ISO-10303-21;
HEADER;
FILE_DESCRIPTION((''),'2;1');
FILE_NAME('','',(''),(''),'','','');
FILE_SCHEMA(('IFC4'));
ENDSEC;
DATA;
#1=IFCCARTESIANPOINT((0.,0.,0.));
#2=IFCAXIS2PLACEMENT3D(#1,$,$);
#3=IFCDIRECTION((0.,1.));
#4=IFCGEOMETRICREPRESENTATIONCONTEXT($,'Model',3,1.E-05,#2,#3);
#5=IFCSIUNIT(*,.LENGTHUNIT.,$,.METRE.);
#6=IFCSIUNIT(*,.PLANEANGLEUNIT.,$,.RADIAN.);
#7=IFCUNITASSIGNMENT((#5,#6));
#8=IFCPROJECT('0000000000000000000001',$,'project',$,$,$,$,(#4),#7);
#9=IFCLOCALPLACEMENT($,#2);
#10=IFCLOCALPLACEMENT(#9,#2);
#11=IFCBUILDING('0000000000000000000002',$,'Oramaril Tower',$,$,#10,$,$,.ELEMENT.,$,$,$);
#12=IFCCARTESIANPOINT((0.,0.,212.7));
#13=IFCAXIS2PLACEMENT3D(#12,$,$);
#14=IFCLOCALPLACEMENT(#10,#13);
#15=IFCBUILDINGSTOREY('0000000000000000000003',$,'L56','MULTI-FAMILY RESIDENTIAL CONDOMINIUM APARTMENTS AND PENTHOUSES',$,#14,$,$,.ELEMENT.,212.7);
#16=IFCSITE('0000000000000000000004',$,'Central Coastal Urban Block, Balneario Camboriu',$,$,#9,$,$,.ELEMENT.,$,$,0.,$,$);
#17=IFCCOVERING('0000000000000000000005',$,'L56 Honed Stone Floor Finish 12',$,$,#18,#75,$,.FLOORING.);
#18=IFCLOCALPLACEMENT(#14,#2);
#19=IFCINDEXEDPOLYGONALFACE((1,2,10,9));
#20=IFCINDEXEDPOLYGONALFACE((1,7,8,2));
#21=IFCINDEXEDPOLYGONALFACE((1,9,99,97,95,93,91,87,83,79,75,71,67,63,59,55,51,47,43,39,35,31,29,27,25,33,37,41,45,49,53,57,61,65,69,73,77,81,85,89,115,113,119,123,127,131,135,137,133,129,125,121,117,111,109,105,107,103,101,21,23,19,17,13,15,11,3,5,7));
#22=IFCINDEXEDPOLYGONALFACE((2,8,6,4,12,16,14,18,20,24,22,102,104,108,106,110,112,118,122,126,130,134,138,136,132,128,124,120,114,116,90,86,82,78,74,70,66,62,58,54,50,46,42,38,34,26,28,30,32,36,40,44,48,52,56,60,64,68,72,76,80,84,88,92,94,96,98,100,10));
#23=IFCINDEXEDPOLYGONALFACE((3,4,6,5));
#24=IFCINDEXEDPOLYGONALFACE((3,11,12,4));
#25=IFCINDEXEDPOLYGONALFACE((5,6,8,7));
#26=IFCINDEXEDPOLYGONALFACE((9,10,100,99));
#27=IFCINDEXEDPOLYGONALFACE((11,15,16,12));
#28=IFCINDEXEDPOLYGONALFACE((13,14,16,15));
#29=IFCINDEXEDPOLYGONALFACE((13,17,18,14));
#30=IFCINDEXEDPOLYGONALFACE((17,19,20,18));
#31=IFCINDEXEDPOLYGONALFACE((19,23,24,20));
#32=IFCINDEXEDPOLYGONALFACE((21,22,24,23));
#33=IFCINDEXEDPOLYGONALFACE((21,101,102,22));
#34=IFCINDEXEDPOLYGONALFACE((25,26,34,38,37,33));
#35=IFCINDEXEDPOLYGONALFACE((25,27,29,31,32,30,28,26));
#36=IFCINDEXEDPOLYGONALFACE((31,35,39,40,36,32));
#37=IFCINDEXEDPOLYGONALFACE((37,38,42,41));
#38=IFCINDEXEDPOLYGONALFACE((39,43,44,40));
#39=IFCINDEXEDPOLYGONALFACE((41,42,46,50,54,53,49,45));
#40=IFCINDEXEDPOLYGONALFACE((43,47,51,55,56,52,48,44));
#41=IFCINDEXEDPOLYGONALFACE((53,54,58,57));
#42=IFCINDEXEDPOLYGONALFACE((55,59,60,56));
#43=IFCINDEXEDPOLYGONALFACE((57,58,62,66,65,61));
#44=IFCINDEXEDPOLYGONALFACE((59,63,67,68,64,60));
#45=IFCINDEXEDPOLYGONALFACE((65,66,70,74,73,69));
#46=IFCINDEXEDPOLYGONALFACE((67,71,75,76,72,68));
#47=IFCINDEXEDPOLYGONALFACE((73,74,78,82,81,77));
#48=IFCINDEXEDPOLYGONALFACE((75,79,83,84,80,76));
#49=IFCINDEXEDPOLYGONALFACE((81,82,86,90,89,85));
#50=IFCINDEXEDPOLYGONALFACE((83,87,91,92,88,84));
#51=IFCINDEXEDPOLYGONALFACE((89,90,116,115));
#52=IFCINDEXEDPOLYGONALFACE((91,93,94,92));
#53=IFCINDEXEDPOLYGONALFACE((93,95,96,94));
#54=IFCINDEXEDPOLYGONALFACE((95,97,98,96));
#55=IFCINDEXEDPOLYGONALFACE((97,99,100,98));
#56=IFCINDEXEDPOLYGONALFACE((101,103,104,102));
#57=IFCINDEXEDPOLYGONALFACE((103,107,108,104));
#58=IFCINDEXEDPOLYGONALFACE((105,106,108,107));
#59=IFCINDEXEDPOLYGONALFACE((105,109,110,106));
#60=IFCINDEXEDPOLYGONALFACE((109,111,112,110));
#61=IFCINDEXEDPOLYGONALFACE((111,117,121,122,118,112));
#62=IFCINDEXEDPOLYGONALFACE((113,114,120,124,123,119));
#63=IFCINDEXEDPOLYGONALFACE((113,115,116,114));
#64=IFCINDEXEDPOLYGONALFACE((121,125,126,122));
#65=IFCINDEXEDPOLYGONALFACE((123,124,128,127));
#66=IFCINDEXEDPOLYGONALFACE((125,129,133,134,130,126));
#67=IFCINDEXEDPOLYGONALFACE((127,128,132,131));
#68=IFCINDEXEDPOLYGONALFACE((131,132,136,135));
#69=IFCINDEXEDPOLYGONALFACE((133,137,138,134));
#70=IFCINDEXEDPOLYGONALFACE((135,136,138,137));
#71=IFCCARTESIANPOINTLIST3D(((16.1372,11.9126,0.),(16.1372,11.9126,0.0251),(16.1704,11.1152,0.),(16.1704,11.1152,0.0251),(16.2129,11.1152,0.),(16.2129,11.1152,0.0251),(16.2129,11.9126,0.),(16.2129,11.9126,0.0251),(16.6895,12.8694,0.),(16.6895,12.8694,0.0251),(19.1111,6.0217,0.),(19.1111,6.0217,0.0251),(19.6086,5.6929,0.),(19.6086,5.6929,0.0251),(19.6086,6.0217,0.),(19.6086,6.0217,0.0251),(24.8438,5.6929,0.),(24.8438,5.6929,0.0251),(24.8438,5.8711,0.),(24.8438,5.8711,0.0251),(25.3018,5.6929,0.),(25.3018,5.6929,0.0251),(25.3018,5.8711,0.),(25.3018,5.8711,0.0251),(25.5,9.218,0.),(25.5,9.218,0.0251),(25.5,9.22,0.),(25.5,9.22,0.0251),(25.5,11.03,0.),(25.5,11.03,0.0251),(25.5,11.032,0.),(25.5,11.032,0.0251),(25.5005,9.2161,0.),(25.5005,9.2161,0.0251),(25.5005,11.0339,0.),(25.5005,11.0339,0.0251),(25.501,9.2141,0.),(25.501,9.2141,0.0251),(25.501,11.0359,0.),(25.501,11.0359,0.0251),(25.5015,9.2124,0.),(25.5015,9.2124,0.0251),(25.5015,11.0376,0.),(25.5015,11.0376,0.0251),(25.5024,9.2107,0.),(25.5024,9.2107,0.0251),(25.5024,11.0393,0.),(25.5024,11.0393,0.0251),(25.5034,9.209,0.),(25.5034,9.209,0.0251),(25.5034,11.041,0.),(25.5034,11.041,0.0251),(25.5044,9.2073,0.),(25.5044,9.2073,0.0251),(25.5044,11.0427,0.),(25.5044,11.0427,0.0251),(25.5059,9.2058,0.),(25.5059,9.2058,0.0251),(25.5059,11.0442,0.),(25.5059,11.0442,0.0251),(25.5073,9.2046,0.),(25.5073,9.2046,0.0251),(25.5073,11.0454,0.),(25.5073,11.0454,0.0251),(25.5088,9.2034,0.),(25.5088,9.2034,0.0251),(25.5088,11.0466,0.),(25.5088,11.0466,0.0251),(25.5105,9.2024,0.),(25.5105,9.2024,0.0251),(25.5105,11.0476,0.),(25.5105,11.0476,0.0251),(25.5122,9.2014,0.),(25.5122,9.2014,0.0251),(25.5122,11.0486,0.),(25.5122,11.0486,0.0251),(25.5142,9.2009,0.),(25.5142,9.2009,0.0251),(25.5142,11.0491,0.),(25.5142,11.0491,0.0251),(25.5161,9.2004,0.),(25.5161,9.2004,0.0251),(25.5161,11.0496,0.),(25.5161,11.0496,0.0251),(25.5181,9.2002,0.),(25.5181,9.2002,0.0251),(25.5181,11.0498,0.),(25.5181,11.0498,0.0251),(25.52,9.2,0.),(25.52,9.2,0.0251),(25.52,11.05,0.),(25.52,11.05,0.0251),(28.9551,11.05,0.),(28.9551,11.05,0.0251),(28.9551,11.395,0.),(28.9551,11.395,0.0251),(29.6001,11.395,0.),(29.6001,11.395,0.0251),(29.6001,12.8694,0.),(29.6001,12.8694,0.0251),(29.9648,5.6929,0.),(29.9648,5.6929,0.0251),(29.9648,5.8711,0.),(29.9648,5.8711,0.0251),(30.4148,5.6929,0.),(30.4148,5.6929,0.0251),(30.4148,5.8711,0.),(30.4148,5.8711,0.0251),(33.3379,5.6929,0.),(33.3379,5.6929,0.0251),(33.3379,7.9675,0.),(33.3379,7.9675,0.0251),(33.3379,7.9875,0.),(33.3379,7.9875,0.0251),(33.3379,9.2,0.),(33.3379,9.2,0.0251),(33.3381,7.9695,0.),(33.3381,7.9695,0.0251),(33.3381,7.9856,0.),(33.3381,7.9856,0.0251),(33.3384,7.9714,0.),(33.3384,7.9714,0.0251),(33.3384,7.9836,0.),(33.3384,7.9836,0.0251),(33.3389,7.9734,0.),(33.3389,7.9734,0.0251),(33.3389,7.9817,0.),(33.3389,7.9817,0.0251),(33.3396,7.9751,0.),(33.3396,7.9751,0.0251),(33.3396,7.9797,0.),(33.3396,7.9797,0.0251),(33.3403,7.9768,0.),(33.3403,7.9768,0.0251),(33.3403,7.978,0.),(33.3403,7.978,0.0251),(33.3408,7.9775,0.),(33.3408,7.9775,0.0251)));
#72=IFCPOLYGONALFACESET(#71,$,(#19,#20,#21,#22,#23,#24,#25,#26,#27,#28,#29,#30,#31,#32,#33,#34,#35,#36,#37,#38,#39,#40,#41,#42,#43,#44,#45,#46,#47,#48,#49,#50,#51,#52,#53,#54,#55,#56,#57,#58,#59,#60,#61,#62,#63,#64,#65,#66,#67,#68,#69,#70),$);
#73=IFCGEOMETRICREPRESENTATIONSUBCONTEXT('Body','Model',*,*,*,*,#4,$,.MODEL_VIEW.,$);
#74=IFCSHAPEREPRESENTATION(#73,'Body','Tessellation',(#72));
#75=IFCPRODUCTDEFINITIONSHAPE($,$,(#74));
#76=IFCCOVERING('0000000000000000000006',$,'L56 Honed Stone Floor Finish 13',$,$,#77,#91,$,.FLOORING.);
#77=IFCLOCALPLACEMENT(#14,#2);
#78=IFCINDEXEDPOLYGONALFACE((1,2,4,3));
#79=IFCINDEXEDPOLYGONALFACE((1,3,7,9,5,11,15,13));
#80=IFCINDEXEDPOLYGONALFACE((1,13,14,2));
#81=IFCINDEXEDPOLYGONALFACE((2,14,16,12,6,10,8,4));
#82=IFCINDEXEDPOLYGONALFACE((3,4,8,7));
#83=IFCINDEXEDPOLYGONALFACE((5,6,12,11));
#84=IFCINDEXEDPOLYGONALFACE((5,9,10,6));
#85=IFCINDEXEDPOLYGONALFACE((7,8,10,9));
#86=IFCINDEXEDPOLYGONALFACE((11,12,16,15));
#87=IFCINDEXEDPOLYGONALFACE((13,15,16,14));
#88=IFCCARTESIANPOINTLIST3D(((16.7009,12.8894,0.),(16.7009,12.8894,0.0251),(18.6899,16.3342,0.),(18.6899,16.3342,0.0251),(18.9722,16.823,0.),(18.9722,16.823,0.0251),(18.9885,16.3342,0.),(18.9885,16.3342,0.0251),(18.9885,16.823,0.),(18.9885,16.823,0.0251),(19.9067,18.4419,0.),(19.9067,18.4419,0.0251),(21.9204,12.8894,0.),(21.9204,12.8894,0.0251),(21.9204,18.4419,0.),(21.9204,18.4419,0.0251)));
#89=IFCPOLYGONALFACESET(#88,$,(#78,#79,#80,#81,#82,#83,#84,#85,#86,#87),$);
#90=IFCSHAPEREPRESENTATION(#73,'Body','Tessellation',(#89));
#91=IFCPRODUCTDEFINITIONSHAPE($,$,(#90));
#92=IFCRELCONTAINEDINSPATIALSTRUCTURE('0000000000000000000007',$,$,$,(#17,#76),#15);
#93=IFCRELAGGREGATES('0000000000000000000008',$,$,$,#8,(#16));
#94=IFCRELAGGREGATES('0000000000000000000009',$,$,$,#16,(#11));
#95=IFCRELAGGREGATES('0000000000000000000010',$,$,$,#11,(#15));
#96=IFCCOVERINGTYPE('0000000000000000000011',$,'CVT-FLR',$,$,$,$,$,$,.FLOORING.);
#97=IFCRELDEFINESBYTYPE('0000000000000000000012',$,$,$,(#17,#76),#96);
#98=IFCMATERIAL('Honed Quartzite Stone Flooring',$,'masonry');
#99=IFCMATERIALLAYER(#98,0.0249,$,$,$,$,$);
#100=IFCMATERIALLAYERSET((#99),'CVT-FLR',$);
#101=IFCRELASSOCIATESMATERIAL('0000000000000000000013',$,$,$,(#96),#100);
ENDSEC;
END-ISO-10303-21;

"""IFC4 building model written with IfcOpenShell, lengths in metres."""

from ifc_helpers import new_model, si_unit, direction, frame, origin, place, context, subcontext, project, spatial, polyline, outline, extrude, material, layer, layer_set, type_object, element, save


model = new_model("IFC4")

# Units and contexts
model_context = context("Model", 3, precision=1e-05, world=origin(), true_north=direction((0.0, 1.0)))
body_context = subcontext(model_context, "Body", "Model", "MODEL_VIEW")
ifc_project = project(units=[si_unit("LENGTHUNIT", "METRE"), si_unit("PLANEANGLEUNIT", "RADIAN")], contexts=[model_context])

# Site, building, storey
site_placement = place(None, origin())
site = spatial("IfcSite", under=ifc_project, at=site_placement, Name="Central Coastal Urban Block, Balneario Camboriu", CompositionType="ELEMENT", RefElevation=0.0)
building_placement = place(site_placement, origin())
building = spatial("IfcBuilding", under=site, at=building_placement, Name="Oramaril Tower", CompositionType="ELEMENT")
storey_placement = place(building_placement, frame((0.0, 0.0, 212.7)))
storey = spatial("IfcBuildingStorey", under=building, at=storey_placement, Name="L56", Description="MULTI-FAMILY RESIDENTIAL CONDOMINIUM APARTMENTS AND PENTHOUSES", CompositionType="ELEMENT", Elevation=212.7)

# Coverings
ifc_material_1 = material(Name="Honed Quartzite Stone Flooring", Category="masonry")
ifc_layer_1 = layer(ifc_material_1, 0.0249)
ifc_layer_set_1 = layer_set([ifc_layer_1], Name="CVT-FLR")
covering_type_1 = type_object("IfcCoveringType", Name="CVT-FLR", PredefinedType="FLOORING", material=ifc_layer_set_1)
covering_1_placement = place(storey_placement, origin())
element("IfcCovering", 1, at=covering_1_placement, inside=storey, type_object=covering_type_1, Name="L56 Honed Stone Floor Finish 12", PredefinedType="FLOORING", context=body_context, shape_type="SweptSolid", body=[
    extrude(outline(polyline([(29.6001, 12.8694), (29.6001, 11.395), (28.9551, 11.395), (28.9551, 11.05), (25.52, 11.05), (25.5181, 11.0498), (25.5161, 11.0496), (25.5142, 11.0491), (25.5122, 11.0486), (25.5105, 11.0476), (25.5088, 11.0466), (25.5073, 11.0454), (25.5059, 11.0442), (25.5044, 11.0427), (25.5034, 11.041), (25.5024, 11.0393), (25.5015, 11.0376), (25.501, 11.0359), (25.5005, 11.0339), (25.5, 11.032), (25.5, 11.03), (25.5, 9.22), (25.5, 9.218), (25.5005, 9.2161), (25.501, 9.2141), (25.5015, 9.2124), (25.5024, 9.2107), (25.5034, 9.209), (25.5044, 9.2073), (25.5059, 9.2058), (25.5073, 9.2046), (25.5088, 9.2034), (25.5105, 9.2024), (25.5122, 9.2014), (25.5142, 9.2009), (25.5161, 9.2004), (25.5181, 9.2002), (25.52, 9.2), (33.3379, 9.2), (33.3379, 7.9875), (33.3381, 7.9856), (33.3384, 7.9836), (33.3389, 7.9817), (33.3396, 7.9797), (33.3403, 7.978), (33.3408, 7.9775), (33.3403, 7.9768), (33.3396, 7.9751), (33.3389, 7.9734), (33.3384, 7.9714), (33.3381, 7.9695), (33.3379, 7.9675), (33.3379, 5.6929), (30.4148, 5.6929), (30.4148, 5.8711), (29.9648, 5.8711), (29.9648, 5.6929), (25.3018, 5.6929), (25.3018, 5.8711), (24.8438, 5.8711), (24.8438, 5.6929), (19.6086, 5.6929), (19.6086, 6.0217), (19.1111, 6.0217), (16.1704, 11.1152), (16.2129, 11.1152), (16.2129, 11.9126), (16.1372, 11.9126), (16.6895, 12.8694), (29.6001, 12.8694)])), origin(), (0.0, 0.0, 1.0), 0.0251),
])
covering_2_placement = place(storey_placement, origin())
element("IfcCovering", 2, at=covering_2_placement, inside=storey, type_object=covering_type_1, Name="L56 Honed Stone Floor Finish 13", PredefinedType="FLOORING", context=body_context, shape_type="SweptSolid", body=[
    extrude(outline(polyline([(18.6899, 16.3342), (18.9885, 16.3342), (18.9885, 16.823), (18.9722, 16.823), (19.9067, 18.4419), (21.9204, 18.4419), (21.9204, 12.8894), (16.7009, 12.8894), (18.6899, 16.3342)])), origin(), (0.0, 0.0, 1.0), 0.0251),
])

save(model, "model.ifc")
